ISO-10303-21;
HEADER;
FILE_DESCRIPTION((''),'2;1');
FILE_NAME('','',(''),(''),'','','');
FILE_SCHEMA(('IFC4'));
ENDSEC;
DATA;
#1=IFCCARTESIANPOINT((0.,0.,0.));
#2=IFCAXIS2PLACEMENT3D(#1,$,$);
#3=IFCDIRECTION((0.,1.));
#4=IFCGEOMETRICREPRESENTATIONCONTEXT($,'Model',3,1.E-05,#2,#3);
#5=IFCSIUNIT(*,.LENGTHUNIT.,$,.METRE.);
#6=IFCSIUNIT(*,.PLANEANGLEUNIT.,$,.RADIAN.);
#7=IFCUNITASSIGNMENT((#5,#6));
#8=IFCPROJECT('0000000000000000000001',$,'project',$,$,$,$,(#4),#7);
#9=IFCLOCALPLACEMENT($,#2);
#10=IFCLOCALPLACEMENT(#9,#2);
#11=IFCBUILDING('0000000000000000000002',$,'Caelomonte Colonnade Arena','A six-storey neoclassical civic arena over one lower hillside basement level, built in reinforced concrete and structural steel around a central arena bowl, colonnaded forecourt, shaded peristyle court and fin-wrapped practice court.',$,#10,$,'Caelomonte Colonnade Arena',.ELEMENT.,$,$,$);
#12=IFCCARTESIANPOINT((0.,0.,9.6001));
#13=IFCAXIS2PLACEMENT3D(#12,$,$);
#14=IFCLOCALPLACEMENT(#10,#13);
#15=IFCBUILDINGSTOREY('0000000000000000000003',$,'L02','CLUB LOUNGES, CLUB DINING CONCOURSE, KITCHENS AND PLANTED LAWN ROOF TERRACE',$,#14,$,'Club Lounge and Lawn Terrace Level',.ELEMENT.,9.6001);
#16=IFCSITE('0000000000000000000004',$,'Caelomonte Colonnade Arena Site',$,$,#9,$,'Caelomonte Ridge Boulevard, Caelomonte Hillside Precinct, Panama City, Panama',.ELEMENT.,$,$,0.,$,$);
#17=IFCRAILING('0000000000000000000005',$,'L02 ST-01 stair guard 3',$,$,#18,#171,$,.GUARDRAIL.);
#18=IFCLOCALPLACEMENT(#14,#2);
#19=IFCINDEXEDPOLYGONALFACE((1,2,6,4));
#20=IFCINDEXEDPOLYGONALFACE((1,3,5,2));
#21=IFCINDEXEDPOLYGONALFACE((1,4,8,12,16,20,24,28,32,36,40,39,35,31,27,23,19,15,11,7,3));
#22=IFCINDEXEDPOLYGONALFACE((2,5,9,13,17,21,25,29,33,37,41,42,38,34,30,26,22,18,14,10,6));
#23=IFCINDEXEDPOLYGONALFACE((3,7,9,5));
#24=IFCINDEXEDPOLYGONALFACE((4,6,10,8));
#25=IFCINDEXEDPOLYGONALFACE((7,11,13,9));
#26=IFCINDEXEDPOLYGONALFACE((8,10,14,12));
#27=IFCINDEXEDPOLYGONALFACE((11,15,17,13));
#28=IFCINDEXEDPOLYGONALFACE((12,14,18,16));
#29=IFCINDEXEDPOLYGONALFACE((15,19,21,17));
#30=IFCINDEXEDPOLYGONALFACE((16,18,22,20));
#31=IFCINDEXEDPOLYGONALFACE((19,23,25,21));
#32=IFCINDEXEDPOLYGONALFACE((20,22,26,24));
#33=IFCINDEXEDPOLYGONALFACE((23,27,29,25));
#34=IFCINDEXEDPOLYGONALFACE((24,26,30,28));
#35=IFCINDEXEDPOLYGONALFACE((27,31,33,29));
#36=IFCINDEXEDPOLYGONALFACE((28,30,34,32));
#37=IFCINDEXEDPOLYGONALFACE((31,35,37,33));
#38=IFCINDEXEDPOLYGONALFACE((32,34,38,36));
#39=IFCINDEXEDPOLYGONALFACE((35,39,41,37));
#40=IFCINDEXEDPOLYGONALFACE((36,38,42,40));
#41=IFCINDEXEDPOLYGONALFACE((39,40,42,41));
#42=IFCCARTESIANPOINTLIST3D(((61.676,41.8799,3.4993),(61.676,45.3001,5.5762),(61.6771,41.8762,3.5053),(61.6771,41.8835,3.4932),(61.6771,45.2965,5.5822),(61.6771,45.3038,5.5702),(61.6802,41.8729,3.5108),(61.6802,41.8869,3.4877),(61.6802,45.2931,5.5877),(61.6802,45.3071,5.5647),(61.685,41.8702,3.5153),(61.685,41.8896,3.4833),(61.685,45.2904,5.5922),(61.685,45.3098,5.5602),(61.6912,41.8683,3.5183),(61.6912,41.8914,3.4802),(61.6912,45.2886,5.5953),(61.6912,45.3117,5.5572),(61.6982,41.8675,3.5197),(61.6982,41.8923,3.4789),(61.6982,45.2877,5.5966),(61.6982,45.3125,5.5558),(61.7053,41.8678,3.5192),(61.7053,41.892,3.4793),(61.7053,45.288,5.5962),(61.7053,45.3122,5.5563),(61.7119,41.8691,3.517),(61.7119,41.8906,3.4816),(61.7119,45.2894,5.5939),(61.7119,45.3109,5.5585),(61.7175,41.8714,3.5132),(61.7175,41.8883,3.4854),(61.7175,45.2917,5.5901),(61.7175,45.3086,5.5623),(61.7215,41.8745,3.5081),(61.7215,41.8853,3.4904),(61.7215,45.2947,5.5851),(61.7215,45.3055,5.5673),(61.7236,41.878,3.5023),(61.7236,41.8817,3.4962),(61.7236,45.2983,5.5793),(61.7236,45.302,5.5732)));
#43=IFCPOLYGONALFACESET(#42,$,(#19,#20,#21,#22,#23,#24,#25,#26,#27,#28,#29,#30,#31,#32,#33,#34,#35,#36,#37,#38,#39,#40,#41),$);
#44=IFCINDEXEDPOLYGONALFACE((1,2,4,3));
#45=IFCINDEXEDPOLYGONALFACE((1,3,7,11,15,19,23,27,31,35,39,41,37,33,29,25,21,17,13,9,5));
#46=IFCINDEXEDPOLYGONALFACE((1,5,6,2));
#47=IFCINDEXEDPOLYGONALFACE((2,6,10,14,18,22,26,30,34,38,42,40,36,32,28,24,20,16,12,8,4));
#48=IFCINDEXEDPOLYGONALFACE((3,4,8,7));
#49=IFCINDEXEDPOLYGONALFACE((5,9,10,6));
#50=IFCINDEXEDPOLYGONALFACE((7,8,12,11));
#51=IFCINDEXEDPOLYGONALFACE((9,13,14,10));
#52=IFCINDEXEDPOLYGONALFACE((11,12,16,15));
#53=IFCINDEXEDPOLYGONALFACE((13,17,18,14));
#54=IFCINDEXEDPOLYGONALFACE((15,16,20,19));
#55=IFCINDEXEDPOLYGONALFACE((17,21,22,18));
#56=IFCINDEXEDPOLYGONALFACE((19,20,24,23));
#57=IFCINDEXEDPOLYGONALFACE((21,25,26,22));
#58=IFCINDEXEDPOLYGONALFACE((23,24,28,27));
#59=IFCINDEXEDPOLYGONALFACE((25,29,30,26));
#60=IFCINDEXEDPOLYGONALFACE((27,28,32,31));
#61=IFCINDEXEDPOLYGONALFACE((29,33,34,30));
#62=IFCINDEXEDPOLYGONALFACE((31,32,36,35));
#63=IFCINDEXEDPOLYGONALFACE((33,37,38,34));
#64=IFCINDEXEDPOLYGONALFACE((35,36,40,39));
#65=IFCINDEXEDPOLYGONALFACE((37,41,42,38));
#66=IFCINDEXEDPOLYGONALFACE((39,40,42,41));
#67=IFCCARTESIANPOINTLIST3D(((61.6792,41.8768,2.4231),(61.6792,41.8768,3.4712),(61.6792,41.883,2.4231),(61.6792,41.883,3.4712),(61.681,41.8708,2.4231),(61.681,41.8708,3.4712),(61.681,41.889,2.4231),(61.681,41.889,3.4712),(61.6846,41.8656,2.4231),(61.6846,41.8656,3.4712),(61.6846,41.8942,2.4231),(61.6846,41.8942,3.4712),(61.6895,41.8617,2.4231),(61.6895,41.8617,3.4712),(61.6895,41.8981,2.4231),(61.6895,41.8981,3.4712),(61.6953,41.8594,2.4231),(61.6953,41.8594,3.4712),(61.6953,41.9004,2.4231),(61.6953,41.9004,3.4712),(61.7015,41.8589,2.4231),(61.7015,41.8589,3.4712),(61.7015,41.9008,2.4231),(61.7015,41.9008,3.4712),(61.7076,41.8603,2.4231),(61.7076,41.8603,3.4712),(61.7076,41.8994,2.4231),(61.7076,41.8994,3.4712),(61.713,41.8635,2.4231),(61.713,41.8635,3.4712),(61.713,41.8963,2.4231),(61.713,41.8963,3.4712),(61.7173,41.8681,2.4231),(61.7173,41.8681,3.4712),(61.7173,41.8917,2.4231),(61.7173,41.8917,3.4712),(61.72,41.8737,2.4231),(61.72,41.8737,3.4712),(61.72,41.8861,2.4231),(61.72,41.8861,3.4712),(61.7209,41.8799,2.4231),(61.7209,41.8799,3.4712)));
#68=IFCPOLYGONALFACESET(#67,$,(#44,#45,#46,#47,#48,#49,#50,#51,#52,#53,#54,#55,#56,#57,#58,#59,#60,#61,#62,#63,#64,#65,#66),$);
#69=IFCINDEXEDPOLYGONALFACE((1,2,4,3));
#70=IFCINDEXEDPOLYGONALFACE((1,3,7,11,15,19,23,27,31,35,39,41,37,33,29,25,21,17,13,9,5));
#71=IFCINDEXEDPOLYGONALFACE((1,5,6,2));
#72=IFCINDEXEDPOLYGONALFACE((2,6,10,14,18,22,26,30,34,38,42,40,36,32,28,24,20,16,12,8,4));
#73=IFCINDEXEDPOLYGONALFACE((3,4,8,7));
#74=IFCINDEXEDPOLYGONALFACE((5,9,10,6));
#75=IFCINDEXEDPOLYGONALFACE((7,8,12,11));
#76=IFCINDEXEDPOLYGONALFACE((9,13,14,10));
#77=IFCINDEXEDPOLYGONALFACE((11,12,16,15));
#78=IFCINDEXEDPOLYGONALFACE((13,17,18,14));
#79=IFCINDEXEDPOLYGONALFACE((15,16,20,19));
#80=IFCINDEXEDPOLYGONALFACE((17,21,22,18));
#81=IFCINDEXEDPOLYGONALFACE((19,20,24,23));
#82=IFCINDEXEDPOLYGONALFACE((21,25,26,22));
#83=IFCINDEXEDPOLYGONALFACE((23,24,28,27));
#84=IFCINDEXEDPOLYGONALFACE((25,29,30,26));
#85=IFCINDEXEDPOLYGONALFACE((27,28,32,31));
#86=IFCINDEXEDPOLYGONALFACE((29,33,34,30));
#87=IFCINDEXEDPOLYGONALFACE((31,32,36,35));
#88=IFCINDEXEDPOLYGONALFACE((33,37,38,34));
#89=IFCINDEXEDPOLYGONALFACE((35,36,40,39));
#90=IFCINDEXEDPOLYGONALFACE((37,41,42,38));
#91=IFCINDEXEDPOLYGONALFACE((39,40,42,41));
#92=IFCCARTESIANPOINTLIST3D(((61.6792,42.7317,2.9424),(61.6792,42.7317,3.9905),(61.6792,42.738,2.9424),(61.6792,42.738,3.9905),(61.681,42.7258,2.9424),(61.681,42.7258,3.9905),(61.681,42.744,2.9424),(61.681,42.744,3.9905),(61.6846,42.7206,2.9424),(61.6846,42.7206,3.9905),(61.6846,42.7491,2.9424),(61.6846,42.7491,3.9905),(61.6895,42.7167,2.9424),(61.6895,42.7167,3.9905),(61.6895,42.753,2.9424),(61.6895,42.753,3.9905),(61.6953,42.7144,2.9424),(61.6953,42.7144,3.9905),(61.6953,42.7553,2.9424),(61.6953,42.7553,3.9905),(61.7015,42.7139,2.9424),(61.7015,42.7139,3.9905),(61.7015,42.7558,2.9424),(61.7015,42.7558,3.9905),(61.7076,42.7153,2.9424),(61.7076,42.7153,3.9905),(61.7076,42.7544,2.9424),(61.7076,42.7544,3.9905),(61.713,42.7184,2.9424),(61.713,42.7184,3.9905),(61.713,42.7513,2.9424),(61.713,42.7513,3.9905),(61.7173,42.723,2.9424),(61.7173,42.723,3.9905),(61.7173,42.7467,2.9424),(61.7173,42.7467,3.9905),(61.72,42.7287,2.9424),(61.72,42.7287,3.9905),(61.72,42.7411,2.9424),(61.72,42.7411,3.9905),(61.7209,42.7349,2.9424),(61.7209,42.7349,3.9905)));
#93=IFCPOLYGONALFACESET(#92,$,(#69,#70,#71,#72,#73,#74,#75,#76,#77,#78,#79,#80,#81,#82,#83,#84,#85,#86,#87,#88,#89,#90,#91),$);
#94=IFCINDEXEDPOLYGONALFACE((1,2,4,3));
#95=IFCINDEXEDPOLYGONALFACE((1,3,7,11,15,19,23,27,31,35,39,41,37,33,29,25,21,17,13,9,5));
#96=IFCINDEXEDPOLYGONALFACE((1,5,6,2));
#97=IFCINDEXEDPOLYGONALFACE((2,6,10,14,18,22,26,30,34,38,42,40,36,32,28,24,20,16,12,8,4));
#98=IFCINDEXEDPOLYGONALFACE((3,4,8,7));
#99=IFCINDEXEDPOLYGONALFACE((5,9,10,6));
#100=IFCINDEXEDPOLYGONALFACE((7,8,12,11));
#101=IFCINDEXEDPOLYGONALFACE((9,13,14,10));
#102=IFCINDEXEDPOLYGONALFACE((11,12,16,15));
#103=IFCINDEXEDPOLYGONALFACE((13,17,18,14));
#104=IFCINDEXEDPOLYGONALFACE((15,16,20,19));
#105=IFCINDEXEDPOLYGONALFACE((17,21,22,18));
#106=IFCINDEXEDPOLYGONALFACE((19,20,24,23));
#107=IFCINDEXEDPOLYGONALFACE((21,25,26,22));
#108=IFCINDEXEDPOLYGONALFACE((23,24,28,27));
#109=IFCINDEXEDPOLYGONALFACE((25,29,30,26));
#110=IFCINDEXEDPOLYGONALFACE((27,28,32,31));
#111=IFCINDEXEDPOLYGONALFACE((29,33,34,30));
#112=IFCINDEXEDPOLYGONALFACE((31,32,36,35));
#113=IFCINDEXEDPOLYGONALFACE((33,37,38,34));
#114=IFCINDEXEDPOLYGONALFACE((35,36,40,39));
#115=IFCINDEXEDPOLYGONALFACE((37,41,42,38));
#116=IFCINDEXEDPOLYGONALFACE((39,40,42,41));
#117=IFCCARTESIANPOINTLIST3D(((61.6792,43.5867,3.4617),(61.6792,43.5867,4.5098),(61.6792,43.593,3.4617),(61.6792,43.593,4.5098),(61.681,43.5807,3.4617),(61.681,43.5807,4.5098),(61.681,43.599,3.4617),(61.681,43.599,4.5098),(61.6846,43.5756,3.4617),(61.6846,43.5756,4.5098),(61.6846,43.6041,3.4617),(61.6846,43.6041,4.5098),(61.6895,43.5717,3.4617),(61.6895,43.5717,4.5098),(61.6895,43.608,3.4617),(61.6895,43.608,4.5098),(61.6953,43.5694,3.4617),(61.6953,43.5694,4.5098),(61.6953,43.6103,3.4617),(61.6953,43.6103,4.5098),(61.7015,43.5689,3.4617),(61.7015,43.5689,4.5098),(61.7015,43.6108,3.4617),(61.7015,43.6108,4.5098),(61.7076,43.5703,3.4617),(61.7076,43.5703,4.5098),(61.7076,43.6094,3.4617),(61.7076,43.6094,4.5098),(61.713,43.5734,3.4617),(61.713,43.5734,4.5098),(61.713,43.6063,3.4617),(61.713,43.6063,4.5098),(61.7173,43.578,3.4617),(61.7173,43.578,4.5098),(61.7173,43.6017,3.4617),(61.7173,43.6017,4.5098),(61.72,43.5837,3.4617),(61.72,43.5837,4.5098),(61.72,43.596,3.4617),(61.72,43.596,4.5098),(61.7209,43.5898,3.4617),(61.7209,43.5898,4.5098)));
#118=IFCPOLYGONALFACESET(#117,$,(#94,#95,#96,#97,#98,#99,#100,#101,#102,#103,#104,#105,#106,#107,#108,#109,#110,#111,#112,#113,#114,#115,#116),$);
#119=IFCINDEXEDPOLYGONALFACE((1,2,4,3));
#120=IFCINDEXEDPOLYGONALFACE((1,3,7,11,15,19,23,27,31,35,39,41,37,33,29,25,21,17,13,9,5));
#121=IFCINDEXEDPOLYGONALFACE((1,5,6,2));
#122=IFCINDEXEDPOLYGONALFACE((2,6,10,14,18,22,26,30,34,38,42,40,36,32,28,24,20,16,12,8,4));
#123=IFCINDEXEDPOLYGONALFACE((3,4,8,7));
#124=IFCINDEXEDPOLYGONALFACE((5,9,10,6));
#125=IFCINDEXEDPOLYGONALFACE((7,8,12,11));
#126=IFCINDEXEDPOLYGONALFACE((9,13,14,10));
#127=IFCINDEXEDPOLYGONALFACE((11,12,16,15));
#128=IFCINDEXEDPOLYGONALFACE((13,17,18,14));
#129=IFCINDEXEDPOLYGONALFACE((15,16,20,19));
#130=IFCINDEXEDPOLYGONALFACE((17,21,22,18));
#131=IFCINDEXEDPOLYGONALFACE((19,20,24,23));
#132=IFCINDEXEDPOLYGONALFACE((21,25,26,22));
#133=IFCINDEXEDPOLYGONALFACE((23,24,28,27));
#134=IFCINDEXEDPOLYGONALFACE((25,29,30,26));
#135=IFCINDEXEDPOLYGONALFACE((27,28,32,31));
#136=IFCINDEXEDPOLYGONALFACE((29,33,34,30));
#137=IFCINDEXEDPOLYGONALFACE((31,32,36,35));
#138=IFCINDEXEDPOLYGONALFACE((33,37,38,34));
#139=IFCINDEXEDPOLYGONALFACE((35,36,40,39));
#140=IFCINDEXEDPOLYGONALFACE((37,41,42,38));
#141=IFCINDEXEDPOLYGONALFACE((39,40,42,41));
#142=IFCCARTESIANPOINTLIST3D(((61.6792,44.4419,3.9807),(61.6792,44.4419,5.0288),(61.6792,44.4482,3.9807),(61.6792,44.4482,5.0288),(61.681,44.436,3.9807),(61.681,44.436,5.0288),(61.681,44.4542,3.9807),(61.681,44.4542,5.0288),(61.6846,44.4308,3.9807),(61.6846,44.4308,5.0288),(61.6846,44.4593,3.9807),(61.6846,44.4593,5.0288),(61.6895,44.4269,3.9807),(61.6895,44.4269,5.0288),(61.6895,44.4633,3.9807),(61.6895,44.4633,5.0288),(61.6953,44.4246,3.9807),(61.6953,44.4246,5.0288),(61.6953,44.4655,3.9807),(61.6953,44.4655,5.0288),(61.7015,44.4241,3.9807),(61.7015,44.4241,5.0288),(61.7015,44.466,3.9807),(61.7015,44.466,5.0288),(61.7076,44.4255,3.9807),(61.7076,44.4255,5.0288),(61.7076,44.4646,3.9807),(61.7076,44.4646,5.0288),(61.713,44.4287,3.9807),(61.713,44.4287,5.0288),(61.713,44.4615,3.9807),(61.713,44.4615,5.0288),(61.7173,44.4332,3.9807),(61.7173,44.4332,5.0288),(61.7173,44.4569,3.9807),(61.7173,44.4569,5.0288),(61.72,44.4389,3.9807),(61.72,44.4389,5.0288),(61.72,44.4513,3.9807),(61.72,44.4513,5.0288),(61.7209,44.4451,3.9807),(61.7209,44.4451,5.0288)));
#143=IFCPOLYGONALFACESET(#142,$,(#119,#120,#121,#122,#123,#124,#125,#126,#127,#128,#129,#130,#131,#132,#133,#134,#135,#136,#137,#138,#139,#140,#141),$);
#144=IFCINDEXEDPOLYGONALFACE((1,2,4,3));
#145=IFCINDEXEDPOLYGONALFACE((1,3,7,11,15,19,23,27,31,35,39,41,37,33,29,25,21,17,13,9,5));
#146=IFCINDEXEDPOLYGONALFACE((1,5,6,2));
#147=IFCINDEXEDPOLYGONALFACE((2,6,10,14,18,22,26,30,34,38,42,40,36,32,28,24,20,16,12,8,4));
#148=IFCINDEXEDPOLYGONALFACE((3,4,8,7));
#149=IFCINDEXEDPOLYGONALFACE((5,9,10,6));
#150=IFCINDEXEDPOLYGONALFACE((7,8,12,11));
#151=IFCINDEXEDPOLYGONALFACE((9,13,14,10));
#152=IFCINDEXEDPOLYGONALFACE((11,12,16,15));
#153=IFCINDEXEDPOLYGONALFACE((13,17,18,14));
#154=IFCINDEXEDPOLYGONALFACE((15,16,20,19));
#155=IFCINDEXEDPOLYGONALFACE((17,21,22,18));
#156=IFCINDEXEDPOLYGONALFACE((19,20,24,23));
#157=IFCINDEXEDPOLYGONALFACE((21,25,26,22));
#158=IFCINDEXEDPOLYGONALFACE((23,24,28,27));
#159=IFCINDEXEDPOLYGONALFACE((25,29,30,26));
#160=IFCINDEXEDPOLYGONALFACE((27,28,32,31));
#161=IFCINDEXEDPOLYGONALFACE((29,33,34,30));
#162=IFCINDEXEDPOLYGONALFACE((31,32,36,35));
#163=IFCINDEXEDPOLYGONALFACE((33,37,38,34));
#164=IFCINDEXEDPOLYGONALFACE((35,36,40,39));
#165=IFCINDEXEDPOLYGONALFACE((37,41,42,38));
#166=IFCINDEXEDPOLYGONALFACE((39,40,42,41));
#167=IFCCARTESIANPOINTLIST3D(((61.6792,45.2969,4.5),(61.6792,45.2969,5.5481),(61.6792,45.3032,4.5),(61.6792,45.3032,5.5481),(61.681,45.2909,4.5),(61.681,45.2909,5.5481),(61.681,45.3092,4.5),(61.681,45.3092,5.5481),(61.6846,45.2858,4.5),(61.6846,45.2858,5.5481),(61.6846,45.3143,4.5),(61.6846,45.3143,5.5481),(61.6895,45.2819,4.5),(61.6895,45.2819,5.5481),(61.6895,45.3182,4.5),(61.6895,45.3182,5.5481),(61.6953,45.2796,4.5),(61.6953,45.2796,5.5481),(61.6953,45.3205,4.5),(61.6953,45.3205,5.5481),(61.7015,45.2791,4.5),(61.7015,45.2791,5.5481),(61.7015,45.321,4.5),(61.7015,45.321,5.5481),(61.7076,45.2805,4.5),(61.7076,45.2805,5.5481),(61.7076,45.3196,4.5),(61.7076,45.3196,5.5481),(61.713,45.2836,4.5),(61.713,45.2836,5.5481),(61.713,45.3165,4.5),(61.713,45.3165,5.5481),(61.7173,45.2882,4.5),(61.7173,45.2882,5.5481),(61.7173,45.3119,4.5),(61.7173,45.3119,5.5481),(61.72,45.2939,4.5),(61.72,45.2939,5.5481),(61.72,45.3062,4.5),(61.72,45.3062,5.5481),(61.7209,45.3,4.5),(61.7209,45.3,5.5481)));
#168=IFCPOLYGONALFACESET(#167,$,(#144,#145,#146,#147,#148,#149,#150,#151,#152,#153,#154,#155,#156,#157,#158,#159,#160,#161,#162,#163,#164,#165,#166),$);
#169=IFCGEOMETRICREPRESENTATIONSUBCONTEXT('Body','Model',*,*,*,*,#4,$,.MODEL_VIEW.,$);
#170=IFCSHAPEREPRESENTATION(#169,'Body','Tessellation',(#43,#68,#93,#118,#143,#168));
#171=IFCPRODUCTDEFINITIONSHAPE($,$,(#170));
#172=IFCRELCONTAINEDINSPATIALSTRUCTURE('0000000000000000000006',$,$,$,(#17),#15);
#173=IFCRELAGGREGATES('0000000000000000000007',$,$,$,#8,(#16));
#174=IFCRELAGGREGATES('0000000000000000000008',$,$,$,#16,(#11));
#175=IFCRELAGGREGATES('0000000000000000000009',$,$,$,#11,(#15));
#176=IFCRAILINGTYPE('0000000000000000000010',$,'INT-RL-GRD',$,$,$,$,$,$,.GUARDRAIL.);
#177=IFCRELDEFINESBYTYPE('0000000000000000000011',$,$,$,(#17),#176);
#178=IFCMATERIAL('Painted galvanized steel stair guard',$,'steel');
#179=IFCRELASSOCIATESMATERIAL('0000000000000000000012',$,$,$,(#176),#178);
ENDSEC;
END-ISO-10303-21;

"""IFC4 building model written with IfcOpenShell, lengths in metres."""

from ifc_helpers import new_model, si_unit, direction, frame, origin, origin_2d, place, context, subcontext, project, spatial, circle, extrude, material, type_object, element, save


model = new_model("IFC4")

# Units and contexts
model_context = context("Model", 3, precision=1e-05, world=origin(), true_north=direction((0.0, 1.0)))
body_context = subcontext(model_context, "Body", "Model", "MODEL_VIEW")
ifc_project = project(units=[si_unit("LENGTHUNIT", "METRE"), si_unit("PLANEANGLEUNIT", "RADIAN")], contexts=[model_context])

# Site, building, storey
site_placement = place(None, origin())
site = spatial("IfcSite", under=ifc_project, at=site_placement, Name="Caelomonte Colonnade Arena Site", LongName="Caelomonte Ridge Boulevard, Caelomonte Hillside Precinct, Panama City, Panama", CompositionType="ELEMENT", RefElevation=0.0)
building_placement = place(site_placement, origin())
building = spatial("IfcBuilding", under=site, at=building_placement, Name="Caelomonte Colonnade Arena", Description="A six-storey neoclassical civic arena over one lower hillside basement level, built in reinforced concrete and structural steel around a central arena bowl, colonnaded forecourt, shaded peristyle court and fin-wrapped practice court.", LongName="Caelomonte Colonnade Arena", CompositionType="ELEMENT")
storey_placement = place(building_placement, frame((0.0, 0.0, 9.6001)))
storey = spatial("IfcBuildingStorey", under=building, at=storey_placement, Name="L02", Description="CLUB LOUNGES, CLUB DINING CONCOURSE, KITCHENS AND PLANTED LAWN ROOF TERRACE", LongName="Club Lounge and Lawn Terrace Level", CompositionType="ELEMENT", Elevation=9.6001)

# Railing
ifc_material_1 = material(Name="Painted galvanized steel stair guard", Category="steel")
railing_type_1 = type_object("IfcRailingType", Name="INT-RL-GRD", PredefinedType="GUARDRAIL", material=ifc_material_1)
railing_1_placement = place(storey_placement, frame((61.7, 41.8799, 2.4231)))
element("IfcRailing", 1, at=railing_1_placement, inside=storey, type_object=railing_type_1, Name="L02 ST-01 stair guard 3", PredefinedType="GUARDRAIL", context=body_context, shape_type="SweptSolid", body=[
    extrude(circle(Radius=0.0239, at=origin_2d()), frame((0.0, 0.0, 1.0762), z_axis=(0.0, 0.854746, 0.519047), x_axis=(-1.0, 0.0, 0.0)), (0.0, 0.0, 1.0), 4.0015),
    extrude(circle(Radius=0.021, at=origin_2d()), origin(), (0.0, 0.0, 1.0), 1.0481),
    extrude(circle(Radius=0.021, at=origin_2d()), frame((0.0, 0.855, 0.5193)), (0.0, 0.0, 1.0), 1.0481),
    extrude(circle(Radius=0.021, at=origin_2d()), frame((0.0, 1.71, 1.0386)), (0.0, 0.0, 1.0), 1.0481),
    extrude(circle(Radius=0.021, at=origin_2d()), frame((0.0, 2.5652, 1.5576)), (0.0, 0.0, 1.0), 1.0481),
    extrude(circle(Radius=0.021, at=origin_2d()), frame((0.0, 3.4202, 2.0769)), (0.0, 0.0, 1.0), 1.0481),
])

save(model, "model.ifc")
